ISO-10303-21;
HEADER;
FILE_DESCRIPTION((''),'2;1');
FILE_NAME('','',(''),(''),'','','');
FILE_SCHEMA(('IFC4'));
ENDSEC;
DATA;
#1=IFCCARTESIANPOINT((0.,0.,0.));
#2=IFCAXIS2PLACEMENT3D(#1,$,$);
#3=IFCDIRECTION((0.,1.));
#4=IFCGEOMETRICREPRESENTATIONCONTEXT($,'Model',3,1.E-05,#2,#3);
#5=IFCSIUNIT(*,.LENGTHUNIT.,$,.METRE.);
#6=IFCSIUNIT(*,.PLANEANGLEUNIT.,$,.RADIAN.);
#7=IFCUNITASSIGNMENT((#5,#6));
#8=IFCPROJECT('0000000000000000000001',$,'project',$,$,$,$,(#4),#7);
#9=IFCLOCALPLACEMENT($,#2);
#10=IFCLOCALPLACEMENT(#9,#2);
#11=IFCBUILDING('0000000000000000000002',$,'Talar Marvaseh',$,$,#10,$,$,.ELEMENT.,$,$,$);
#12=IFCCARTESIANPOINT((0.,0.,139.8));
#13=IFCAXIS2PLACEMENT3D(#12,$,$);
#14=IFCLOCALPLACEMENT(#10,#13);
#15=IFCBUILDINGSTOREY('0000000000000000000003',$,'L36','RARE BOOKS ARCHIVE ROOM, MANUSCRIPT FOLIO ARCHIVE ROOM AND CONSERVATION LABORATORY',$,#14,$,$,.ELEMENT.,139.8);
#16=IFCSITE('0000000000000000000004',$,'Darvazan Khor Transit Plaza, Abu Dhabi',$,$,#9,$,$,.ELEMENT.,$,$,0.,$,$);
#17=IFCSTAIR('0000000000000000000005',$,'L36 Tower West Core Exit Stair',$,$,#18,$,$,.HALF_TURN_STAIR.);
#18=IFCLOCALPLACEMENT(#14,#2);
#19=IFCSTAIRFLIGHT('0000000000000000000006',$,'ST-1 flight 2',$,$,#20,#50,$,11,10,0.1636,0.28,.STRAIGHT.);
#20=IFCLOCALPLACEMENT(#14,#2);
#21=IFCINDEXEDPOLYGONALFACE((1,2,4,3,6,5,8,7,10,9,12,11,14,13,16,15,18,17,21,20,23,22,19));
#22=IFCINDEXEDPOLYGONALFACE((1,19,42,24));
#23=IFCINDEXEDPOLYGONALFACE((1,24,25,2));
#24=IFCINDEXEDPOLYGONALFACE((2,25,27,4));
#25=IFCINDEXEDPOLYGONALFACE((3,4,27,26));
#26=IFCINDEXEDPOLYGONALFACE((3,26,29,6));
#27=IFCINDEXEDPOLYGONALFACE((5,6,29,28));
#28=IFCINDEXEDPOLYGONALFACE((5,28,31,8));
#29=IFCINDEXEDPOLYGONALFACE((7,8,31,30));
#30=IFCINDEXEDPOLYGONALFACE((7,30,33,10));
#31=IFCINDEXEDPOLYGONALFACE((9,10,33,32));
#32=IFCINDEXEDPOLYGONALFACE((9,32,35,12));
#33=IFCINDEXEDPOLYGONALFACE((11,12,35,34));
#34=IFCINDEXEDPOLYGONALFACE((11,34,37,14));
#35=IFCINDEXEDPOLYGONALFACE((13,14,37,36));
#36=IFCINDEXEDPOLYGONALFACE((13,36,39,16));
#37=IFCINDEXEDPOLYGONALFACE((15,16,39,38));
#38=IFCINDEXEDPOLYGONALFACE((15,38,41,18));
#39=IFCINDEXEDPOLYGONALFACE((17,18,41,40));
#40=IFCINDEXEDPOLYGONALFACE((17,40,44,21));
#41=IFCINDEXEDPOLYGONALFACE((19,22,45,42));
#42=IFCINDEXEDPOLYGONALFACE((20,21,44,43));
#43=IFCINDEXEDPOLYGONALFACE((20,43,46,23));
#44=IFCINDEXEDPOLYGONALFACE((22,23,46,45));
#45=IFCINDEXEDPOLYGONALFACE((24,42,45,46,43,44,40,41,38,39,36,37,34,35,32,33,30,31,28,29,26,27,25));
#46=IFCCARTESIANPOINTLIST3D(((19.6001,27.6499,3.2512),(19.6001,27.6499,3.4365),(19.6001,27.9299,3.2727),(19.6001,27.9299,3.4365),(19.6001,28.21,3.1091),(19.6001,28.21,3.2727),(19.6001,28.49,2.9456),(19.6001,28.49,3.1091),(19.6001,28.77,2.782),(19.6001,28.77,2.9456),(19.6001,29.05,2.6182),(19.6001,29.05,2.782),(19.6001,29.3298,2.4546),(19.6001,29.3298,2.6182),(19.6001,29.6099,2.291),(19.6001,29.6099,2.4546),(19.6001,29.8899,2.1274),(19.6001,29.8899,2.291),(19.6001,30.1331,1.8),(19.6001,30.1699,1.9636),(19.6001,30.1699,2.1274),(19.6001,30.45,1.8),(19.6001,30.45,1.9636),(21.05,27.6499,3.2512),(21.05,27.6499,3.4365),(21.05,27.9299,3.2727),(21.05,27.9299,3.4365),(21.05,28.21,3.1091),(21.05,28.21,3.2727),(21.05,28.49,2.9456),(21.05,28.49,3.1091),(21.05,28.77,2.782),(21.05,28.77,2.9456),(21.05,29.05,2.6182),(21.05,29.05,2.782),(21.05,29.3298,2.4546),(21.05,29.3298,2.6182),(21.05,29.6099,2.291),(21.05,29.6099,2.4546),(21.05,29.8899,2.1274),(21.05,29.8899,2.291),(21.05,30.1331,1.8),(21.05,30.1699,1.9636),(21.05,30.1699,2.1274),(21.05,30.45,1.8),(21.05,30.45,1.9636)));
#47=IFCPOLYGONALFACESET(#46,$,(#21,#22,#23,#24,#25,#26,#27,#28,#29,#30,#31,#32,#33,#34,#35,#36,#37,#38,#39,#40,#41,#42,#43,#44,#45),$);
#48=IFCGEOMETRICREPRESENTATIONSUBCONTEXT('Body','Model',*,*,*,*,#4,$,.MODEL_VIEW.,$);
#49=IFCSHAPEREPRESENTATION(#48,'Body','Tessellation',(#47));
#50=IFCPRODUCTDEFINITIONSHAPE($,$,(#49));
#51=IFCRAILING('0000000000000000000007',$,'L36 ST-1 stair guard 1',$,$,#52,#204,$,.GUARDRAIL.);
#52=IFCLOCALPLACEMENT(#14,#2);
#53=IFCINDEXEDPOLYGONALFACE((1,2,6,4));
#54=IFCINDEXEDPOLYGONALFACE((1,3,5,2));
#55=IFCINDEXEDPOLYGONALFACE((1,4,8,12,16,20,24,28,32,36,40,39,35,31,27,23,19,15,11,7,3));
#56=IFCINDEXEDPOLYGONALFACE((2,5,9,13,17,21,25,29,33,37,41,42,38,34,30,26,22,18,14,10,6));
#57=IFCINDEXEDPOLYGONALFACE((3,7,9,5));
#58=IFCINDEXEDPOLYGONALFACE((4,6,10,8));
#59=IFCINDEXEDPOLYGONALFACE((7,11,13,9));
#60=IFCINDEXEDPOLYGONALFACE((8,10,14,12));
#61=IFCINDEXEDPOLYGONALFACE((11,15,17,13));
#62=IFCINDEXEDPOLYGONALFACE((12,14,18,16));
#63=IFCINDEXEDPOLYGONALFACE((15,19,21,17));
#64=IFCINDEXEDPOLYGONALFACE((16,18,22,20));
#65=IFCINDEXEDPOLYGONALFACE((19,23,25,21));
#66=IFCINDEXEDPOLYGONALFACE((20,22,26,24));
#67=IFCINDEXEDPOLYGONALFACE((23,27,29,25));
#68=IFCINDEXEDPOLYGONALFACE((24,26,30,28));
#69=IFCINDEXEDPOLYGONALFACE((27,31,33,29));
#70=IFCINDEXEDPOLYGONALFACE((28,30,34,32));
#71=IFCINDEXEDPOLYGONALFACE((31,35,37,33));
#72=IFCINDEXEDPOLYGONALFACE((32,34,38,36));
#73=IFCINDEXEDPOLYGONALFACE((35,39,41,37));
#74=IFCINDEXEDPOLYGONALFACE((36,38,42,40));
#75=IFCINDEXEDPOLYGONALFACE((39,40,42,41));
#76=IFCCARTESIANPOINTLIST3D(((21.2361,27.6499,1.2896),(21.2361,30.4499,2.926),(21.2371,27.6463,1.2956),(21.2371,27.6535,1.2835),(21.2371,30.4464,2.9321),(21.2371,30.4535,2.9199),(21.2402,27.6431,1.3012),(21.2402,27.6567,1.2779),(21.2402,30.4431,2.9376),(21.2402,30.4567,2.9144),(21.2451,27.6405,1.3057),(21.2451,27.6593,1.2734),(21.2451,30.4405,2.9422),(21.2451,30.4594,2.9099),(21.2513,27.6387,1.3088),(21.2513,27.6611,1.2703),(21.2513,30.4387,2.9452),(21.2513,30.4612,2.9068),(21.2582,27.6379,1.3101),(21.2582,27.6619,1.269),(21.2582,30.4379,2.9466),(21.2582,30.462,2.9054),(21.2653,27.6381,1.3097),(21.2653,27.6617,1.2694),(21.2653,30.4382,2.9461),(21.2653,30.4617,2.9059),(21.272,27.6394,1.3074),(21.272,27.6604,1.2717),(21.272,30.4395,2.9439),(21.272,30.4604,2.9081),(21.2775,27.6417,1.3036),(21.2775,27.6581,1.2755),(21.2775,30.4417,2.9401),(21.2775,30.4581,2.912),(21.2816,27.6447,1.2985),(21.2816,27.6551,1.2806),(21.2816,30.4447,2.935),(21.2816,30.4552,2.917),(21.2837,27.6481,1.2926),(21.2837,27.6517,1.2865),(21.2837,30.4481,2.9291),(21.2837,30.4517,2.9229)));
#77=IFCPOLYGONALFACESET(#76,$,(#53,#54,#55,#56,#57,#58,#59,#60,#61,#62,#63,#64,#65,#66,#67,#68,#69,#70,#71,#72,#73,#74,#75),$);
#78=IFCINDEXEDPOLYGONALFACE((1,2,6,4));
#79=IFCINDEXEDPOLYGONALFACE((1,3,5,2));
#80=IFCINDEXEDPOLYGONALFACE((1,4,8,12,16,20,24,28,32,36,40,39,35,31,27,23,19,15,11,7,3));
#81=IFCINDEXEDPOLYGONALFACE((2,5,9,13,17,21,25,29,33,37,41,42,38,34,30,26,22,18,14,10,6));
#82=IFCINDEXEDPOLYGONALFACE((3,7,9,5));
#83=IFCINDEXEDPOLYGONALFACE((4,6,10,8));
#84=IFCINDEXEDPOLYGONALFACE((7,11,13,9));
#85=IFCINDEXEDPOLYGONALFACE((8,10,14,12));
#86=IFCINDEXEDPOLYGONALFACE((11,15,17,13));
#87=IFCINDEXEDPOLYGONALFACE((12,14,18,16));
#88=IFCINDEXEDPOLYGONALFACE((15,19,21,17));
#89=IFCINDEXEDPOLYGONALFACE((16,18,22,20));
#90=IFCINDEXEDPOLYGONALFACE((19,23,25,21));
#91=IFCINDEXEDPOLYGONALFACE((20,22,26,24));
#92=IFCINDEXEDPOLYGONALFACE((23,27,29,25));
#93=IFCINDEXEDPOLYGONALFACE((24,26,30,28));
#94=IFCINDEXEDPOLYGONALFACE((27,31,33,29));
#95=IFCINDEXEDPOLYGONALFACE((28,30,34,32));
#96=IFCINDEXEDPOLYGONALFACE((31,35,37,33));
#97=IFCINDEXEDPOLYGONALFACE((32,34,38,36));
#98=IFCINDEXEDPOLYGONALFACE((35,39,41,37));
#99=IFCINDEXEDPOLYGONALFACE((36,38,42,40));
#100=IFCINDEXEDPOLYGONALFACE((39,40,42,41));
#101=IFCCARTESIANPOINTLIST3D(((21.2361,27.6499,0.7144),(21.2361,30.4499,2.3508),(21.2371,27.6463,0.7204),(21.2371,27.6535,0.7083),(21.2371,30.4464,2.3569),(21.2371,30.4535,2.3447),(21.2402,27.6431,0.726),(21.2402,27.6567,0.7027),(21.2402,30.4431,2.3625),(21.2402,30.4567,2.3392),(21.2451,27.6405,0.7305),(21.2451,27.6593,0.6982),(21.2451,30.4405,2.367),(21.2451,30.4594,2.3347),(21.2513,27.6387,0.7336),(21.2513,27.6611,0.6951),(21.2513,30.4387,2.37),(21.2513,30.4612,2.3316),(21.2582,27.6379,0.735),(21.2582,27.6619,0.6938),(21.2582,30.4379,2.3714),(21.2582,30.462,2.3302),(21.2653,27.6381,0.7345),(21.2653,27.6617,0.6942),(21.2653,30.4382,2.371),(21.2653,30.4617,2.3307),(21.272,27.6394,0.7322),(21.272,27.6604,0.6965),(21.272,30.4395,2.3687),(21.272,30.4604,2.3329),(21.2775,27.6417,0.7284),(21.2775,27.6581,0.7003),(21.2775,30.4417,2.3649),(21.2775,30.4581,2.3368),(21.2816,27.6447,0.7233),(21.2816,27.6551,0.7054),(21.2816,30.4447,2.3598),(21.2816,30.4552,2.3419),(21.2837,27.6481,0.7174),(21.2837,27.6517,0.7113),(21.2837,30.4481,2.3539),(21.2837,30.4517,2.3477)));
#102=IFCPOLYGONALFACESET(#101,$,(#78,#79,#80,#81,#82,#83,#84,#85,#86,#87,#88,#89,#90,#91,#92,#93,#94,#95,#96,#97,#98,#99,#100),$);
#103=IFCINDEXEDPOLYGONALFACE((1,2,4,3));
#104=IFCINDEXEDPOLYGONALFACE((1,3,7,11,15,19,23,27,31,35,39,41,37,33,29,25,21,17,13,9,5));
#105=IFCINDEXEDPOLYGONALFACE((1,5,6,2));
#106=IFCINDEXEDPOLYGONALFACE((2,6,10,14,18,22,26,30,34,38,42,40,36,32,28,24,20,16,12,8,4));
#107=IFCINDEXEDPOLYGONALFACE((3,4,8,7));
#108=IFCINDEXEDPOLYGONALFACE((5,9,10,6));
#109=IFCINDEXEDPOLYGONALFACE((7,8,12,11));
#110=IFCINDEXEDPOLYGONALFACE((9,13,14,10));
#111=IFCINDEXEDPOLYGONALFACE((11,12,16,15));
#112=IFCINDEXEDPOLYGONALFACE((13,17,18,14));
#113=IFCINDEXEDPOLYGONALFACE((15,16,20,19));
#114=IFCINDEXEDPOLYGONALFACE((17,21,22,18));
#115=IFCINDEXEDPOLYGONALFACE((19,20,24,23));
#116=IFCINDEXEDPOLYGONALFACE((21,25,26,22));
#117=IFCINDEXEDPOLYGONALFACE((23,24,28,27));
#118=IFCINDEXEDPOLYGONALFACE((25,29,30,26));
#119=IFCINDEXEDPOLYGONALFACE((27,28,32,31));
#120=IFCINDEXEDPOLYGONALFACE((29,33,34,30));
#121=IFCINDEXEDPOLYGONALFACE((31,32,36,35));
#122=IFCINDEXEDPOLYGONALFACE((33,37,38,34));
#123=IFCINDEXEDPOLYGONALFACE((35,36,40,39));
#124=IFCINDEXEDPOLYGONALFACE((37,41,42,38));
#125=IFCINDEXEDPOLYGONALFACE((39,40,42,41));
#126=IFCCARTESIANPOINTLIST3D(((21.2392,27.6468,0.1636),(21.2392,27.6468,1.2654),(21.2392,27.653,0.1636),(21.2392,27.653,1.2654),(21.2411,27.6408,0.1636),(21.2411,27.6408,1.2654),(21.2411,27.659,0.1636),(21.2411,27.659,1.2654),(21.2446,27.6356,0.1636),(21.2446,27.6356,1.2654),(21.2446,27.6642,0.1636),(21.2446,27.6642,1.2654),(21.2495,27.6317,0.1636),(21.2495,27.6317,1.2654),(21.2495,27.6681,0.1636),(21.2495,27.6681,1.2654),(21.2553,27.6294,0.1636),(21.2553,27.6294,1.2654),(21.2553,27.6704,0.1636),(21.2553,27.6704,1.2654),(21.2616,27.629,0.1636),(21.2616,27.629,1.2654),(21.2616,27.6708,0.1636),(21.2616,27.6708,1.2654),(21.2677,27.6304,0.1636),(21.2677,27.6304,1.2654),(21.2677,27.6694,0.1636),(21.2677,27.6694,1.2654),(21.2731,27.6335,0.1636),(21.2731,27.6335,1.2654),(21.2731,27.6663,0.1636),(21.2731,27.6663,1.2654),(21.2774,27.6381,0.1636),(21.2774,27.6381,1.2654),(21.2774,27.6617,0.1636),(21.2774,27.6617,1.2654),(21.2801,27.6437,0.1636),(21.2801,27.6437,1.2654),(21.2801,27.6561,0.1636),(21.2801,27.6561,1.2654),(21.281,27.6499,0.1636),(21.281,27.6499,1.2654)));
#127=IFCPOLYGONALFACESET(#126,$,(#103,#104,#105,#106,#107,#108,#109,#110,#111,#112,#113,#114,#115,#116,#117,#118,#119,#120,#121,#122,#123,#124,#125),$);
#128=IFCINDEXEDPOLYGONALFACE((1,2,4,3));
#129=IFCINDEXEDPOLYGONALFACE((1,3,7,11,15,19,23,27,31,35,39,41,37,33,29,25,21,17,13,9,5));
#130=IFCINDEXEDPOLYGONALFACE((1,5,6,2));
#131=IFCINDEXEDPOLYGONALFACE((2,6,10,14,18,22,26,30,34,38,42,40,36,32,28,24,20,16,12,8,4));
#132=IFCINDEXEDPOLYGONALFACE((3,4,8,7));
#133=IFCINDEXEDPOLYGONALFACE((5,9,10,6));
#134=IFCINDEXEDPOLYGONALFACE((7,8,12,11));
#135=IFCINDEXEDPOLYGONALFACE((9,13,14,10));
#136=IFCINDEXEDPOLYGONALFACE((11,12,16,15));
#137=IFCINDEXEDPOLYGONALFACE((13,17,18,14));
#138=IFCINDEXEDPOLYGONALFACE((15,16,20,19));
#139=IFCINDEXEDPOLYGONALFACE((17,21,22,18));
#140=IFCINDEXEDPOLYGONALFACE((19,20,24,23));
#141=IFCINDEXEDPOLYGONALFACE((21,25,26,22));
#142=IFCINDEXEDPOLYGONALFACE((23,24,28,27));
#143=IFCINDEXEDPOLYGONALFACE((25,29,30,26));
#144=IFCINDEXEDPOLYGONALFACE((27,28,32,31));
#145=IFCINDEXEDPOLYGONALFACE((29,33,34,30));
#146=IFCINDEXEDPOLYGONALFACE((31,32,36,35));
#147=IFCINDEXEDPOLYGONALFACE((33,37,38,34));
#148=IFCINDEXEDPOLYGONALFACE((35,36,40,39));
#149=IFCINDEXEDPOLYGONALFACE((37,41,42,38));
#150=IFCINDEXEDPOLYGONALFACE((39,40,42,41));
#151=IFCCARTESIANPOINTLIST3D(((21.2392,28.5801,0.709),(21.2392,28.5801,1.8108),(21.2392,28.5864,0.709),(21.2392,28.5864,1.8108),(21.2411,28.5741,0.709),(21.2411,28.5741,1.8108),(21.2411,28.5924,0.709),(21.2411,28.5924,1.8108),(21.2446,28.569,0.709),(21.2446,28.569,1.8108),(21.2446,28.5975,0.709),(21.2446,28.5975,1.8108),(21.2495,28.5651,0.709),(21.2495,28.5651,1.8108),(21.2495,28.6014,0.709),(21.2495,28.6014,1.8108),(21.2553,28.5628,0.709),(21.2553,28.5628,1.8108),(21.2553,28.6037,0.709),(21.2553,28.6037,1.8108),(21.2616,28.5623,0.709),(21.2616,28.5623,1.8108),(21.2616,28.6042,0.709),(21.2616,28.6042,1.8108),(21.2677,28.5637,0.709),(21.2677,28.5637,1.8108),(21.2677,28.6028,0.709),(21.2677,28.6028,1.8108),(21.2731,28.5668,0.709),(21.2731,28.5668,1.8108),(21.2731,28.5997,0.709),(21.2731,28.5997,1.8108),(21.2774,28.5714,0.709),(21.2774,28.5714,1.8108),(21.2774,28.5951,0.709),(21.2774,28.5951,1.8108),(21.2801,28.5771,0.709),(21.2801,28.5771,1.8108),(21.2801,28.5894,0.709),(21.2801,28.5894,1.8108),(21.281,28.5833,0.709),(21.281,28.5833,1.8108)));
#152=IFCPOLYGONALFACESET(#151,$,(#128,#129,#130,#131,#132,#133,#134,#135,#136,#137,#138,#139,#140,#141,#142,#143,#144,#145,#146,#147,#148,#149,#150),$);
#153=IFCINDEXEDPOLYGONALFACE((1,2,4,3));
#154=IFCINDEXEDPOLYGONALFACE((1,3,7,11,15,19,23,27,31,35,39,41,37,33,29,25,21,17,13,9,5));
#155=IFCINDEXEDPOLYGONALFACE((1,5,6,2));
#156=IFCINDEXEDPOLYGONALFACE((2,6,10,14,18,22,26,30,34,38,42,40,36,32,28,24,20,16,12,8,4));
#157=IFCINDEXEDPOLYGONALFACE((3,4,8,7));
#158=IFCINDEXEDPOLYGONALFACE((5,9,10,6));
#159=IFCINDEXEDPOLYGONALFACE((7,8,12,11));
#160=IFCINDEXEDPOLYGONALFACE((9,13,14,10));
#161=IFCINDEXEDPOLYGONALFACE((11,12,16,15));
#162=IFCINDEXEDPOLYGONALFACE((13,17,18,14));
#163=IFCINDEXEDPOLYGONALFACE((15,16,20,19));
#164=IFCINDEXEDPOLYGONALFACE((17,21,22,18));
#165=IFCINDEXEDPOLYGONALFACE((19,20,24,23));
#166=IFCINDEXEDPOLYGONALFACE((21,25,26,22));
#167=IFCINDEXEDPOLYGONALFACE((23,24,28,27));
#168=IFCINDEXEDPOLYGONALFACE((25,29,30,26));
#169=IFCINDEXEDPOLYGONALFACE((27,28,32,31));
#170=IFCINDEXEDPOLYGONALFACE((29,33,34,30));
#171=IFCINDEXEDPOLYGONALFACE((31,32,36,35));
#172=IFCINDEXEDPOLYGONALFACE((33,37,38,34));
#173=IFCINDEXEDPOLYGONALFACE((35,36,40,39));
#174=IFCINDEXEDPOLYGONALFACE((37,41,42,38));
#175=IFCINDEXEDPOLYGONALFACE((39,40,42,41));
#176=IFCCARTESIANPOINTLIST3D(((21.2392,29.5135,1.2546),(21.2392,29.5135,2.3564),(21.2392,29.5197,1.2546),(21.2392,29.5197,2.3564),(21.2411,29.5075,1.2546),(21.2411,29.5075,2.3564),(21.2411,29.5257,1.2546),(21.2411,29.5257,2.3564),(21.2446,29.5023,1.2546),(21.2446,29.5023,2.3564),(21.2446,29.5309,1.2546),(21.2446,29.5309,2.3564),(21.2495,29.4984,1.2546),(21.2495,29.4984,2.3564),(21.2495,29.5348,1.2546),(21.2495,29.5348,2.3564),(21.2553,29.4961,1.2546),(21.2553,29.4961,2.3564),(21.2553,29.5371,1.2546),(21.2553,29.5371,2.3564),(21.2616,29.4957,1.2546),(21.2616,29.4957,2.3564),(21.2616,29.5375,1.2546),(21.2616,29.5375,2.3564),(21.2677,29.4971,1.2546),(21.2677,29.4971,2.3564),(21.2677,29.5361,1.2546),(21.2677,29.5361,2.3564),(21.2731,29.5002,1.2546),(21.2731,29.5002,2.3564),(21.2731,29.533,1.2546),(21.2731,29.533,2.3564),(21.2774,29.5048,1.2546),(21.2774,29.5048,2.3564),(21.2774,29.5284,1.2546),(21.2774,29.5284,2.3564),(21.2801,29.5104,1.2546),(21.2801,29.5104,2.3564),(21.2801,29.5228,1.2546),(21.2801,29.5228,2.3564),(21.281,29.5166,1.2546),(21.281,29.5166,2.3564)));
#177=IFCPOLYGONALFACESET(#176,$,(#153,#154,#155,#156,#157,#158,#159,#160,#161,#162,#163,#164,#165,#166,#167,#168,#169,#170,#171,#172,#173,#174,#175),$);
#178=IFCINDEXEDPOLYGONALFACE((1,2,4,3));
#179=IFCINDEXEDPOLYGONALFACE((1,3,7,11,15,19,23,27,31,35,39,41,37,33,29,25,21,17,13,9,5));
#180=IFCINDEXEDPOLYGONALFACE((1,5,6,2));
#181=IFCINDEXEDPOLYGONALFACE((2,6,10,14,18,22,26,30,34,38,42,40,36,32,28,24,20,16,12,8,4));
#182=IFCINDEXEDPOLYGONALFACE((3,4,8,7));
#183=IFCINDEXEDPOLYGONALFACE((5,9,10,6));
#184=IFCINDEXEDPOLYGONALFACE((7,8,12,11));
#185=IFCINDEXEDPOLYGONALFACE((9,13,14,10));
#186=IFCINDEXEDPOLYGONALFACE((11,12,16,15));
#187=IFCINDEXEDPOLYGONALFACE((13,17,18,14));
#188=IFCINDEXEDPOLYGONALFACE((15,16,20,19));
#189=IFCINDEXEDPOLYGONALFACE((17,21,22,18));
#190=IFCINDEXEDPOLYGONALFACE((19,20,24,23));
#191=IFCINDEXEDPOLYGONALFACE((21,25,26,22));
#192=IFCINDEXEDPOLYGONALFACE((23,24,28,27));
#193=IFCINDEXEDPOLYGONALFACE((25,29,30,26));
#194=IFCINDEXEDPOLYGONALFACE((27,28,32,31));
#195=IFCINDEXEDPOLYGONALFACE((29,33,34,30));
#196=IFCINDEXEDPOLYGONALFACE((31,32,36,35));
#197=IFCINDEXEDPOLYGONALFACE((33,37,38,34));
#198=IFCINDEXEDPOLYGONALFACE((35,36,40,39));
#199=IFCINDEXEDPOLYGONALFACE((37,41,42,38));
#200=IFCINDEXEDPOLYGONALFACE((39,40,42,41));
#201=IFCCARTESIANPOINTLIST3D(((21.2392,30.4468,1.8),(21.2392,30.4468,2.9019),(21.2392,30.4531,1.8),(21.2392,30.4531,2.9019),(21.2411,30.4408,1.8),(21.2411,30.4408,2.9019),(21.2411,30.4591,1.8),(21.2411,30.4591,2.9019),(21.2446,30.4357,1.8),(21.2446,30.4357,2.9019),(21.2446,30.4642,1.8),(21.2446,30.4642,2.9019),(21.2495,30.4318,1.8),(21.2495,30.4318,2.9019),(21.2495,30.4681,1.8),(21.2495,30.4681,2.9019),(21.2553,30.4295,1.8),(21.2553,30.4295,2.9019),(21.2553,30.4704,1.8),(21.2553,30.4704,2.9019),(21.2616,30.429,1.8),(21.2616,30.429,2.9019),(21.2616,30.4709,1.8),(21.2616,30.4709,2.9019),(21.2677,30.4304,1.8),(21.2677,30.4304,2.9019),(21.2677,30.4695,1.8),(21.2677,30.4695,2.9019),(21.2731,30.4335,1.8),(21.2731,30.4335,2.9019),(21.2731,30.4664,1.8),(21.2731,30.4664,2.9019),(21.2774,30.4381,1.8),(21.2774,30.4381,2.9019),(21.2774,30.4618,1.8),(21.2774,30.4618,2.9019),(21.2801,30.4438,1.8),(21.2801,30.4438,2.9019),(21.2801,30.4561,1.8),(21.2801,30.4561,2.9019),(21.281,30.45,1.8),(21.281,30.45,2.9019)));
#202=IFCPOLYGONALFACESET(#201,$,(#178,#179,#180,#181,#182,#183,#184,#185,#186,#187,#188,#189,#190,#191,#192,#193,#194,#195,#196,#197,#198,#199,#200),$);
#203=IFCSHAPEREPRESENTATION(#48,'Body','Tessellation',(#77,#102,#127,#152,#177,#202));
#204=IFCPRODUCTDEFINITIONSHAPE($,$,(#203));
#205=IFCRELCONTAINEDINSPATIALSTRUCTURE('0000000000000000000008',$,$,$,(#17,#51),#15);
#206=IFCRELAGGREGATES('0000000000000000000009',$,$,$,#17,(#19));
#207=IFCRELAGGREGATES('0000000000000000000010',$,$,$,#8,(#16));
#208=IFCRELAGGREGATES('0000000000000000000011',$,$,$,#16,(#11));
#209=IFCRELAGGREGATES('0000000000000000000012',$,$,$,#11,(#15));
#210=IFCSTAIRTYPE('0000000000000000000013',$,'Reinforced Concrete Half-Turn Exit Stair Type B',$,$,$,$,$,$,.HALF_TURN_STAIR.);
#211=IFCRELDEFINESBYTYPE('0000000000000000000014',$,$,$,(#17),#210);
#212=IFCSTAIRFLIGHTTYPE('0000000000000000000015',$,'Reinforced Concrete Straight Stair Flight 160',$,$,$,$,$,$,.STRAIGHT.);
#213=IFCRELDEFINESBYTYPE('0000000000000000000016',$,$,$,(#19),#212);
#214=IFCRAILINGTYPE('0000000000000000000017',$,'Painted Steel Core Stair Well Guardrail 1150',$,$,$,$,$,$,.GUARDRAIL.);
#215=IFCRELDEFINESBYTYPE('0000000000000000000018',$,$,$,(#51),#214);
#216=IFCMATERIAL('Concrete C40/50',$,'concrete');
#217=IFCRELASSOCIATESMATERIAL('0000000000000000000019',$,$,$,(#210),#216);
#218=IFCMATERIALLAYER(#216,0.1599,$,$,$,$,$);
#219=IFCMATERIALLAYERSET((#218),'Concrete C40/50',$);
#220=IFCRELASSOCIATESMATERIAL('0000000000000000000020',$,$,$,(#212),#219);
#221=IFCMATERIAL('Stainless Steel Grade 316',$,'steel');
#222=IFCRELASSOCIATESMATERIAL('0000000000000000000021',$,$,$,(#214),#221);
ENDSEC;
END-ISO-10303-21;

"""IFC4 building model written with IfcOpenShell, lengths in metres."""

from ifc_helpers import new_model, si_unit, direction, frame, origin, origin_2d, place, context, subcontext, project, spatial, polyline, circle, outline, extrude, material, layer, layer_set, type_object, element, aggregate, save


model = new_model("IFC4")

# Units and contexts
model_context = context("Model", 3, precision=1e-05, world=origin(), true_north=direction((0.0, 1.0)))
body_context = subcontext(model_context, "Body", "Model", "MODEL_VIEW")
ifc_project = project(units=[si_unit("LENGTHUNIT", "METRE"), si_unit("PLANEANGLEUNIT", "RADIAN")], contexts=[model_context])

# Site, building, storey
site_placement = place(None, origin())
site = spatial("IfcSite", under=ifc_project, at=site_placement, Name="Darvazan Khor Transit Plaza, Abu Dhabi", CompositionType="ELEMENT", RefElevation=0.0)
building_placement = place(site_placement, origin())
building = spatial("IfcBuilding", under=site, at=building_placement, Name="Talar Marvaseh", CompositionType="ELEMENT")
storey_placement = place(building_placement, frame((0.0, 0.0, 139.8)))
storey = spatial("IfcBuildingStorey", under=building, at=storey_placement, Name="L36", Description="RARE BOOKS ARCHIVE ROOM, MANUSCRIPT FOLIO ARCHIVE ROOM AND CONSERVATION LABORATORY", CompositionType="ELEMENT", Elevation=139.8)

# Stair, stair flight
ifc_material_1 = material(Name="Concrete C40/50", Category="concrete")
stair_type = type_object("IfcStairType", Name="Reinforced Concrete Half-Turn Exit Stair Type B", PredefinedType="HALF_TURN_STAIR", material=ifc_material_1)
stair_placement = place(storey_placement, origin())
stair = element("IfcStair", 1, at=stair_placement, inside=storey, type_object=stair_type, Name="L36 Tower West Core Exit Stair", PredefinedType="HALF_TURN_STAIR")
ifc_layer_1 = layer(ifc_material_1, 0.1599)
ifc_layer_set_1 = layer_set([ifc_layer_1], Name="Concrete C40/50")
stair_flight_type = type_object("IfcStairFlightType", Name="Reinforced Concrete Straight Stair Flight 160", PredefinedType="STRAIGHT", material=ifc_layer_set_1)
stair_flight_placement = place(storey_placement, frame((20.325, 30.45, 1.8), z_axis=(0.0, 0.0, 1.0), x_axis=(0.0, -1.0, 0.0)))
stair_flight = element("IfcStairFlight", 2, at=stair_flight_placement, type_object=stair_flight_type, Name="ST-1 flight 2", NumberOfRisers=11, NumberOfTreads=10, PredefinedType="STRAIGHT", RiserHeight=0.1636, TreadLength=0.28, context=body_context, shape_type="SweptSolid", body=[
    extrude(outline(polyline([(0.0, 0.0), (0.0, 0.1636), (0.28, 0.1636), (0.28, 0.3274), (0.5601, 0.3274), (0.5601, 0.491), (0.8401, 0.491), (0.8401, 0.6545), (1.1201, 0.6545), (1.1201, 0.8181), (1.3999, 0.8181), (1.3999, 0.9819), (1.6799, 0.9819), (1.6799, 1.1455), (1.96, 1.1455), (1.96, 1.3091), (2.24, 1.3091), (2.24, 1.4727), (2.52, 1.4727), (2.52, 1.6365), (2.8, 1.6365), (2.8, 1.8), (2.8, 1.4512), (0.3169, 0.0), (0.0, 0.0)])), frame((0.0, 0.7251, 0.0), z_axis=(0.0, -1.0, 0.0), x_axis=(1.0, 0.0, 0.0)), (0.0, 0.0, 1.0), 1.45),
])
aggregate(stair, [stair_flight])

# Railing
ifc_material_2 = material(Name="Stainless Steel Grade 316", Category="steel")
railing_type_1 = type_object("IfcRailingType", Name="Painted Steel Core Stair Well Guardrail 1150", PredefinedType="GUARDRAIL", material=ifc_material_2)
railing_1_placement = place(storey_placement, frame((21.26, 27.6499, 0.1636)))
element("IfcRailing", 3, at=railing_1_placement, inside=storey, type_object=railing_type_1, Name="L36 ST-1 stair guard 1", PredefinedType="GUARDRAIL", context=body_context, shape_type="SweptSolid", body=[
    extrude(circle(Radius=0.0239, at=origin_2d()), frame((0.0, 0.0, 1.126), z_axis=(0.0, 0.863361, 0.504587), x_axis=(-1.0, 0.0, 0.0)), (0.0, 0.0, 1.0), 3.2432),
    extrude(circle(Radius=0.0239, at=origin_2d()), frame((0.0, 0.0, 0.5508), z_axis=(0.0, 0.863361, 0.504587), x_axis=(-1.0, 0.0, 0.0)), (0.0, 0.0, 1.0), 3.2432),
    extrude(circle(Radius=0.021, at=origin_2d()), origin(), (0.0, 0.0, 1.0), 1.1018),
    extrude(circle(Radius=0.021, at=origin_2d()), frame((0.0, 0.9333, 0.5454)), (0.0, 0.0, 1.0), 1.1018),
    extrude(circle(Radius=0.021, at=origin_2d()), frame((0.0, 1.8667, 1.0911)), (0.0, 0.0, 1.0), 1.1018),
    extrude(circle(Radius=0.021, at=origin_2d()), frame((0.0, 2.8, 1.6365)), (0.0, 0.0, 1.0), 1.1018),
])

save(model, "model.ifc")
